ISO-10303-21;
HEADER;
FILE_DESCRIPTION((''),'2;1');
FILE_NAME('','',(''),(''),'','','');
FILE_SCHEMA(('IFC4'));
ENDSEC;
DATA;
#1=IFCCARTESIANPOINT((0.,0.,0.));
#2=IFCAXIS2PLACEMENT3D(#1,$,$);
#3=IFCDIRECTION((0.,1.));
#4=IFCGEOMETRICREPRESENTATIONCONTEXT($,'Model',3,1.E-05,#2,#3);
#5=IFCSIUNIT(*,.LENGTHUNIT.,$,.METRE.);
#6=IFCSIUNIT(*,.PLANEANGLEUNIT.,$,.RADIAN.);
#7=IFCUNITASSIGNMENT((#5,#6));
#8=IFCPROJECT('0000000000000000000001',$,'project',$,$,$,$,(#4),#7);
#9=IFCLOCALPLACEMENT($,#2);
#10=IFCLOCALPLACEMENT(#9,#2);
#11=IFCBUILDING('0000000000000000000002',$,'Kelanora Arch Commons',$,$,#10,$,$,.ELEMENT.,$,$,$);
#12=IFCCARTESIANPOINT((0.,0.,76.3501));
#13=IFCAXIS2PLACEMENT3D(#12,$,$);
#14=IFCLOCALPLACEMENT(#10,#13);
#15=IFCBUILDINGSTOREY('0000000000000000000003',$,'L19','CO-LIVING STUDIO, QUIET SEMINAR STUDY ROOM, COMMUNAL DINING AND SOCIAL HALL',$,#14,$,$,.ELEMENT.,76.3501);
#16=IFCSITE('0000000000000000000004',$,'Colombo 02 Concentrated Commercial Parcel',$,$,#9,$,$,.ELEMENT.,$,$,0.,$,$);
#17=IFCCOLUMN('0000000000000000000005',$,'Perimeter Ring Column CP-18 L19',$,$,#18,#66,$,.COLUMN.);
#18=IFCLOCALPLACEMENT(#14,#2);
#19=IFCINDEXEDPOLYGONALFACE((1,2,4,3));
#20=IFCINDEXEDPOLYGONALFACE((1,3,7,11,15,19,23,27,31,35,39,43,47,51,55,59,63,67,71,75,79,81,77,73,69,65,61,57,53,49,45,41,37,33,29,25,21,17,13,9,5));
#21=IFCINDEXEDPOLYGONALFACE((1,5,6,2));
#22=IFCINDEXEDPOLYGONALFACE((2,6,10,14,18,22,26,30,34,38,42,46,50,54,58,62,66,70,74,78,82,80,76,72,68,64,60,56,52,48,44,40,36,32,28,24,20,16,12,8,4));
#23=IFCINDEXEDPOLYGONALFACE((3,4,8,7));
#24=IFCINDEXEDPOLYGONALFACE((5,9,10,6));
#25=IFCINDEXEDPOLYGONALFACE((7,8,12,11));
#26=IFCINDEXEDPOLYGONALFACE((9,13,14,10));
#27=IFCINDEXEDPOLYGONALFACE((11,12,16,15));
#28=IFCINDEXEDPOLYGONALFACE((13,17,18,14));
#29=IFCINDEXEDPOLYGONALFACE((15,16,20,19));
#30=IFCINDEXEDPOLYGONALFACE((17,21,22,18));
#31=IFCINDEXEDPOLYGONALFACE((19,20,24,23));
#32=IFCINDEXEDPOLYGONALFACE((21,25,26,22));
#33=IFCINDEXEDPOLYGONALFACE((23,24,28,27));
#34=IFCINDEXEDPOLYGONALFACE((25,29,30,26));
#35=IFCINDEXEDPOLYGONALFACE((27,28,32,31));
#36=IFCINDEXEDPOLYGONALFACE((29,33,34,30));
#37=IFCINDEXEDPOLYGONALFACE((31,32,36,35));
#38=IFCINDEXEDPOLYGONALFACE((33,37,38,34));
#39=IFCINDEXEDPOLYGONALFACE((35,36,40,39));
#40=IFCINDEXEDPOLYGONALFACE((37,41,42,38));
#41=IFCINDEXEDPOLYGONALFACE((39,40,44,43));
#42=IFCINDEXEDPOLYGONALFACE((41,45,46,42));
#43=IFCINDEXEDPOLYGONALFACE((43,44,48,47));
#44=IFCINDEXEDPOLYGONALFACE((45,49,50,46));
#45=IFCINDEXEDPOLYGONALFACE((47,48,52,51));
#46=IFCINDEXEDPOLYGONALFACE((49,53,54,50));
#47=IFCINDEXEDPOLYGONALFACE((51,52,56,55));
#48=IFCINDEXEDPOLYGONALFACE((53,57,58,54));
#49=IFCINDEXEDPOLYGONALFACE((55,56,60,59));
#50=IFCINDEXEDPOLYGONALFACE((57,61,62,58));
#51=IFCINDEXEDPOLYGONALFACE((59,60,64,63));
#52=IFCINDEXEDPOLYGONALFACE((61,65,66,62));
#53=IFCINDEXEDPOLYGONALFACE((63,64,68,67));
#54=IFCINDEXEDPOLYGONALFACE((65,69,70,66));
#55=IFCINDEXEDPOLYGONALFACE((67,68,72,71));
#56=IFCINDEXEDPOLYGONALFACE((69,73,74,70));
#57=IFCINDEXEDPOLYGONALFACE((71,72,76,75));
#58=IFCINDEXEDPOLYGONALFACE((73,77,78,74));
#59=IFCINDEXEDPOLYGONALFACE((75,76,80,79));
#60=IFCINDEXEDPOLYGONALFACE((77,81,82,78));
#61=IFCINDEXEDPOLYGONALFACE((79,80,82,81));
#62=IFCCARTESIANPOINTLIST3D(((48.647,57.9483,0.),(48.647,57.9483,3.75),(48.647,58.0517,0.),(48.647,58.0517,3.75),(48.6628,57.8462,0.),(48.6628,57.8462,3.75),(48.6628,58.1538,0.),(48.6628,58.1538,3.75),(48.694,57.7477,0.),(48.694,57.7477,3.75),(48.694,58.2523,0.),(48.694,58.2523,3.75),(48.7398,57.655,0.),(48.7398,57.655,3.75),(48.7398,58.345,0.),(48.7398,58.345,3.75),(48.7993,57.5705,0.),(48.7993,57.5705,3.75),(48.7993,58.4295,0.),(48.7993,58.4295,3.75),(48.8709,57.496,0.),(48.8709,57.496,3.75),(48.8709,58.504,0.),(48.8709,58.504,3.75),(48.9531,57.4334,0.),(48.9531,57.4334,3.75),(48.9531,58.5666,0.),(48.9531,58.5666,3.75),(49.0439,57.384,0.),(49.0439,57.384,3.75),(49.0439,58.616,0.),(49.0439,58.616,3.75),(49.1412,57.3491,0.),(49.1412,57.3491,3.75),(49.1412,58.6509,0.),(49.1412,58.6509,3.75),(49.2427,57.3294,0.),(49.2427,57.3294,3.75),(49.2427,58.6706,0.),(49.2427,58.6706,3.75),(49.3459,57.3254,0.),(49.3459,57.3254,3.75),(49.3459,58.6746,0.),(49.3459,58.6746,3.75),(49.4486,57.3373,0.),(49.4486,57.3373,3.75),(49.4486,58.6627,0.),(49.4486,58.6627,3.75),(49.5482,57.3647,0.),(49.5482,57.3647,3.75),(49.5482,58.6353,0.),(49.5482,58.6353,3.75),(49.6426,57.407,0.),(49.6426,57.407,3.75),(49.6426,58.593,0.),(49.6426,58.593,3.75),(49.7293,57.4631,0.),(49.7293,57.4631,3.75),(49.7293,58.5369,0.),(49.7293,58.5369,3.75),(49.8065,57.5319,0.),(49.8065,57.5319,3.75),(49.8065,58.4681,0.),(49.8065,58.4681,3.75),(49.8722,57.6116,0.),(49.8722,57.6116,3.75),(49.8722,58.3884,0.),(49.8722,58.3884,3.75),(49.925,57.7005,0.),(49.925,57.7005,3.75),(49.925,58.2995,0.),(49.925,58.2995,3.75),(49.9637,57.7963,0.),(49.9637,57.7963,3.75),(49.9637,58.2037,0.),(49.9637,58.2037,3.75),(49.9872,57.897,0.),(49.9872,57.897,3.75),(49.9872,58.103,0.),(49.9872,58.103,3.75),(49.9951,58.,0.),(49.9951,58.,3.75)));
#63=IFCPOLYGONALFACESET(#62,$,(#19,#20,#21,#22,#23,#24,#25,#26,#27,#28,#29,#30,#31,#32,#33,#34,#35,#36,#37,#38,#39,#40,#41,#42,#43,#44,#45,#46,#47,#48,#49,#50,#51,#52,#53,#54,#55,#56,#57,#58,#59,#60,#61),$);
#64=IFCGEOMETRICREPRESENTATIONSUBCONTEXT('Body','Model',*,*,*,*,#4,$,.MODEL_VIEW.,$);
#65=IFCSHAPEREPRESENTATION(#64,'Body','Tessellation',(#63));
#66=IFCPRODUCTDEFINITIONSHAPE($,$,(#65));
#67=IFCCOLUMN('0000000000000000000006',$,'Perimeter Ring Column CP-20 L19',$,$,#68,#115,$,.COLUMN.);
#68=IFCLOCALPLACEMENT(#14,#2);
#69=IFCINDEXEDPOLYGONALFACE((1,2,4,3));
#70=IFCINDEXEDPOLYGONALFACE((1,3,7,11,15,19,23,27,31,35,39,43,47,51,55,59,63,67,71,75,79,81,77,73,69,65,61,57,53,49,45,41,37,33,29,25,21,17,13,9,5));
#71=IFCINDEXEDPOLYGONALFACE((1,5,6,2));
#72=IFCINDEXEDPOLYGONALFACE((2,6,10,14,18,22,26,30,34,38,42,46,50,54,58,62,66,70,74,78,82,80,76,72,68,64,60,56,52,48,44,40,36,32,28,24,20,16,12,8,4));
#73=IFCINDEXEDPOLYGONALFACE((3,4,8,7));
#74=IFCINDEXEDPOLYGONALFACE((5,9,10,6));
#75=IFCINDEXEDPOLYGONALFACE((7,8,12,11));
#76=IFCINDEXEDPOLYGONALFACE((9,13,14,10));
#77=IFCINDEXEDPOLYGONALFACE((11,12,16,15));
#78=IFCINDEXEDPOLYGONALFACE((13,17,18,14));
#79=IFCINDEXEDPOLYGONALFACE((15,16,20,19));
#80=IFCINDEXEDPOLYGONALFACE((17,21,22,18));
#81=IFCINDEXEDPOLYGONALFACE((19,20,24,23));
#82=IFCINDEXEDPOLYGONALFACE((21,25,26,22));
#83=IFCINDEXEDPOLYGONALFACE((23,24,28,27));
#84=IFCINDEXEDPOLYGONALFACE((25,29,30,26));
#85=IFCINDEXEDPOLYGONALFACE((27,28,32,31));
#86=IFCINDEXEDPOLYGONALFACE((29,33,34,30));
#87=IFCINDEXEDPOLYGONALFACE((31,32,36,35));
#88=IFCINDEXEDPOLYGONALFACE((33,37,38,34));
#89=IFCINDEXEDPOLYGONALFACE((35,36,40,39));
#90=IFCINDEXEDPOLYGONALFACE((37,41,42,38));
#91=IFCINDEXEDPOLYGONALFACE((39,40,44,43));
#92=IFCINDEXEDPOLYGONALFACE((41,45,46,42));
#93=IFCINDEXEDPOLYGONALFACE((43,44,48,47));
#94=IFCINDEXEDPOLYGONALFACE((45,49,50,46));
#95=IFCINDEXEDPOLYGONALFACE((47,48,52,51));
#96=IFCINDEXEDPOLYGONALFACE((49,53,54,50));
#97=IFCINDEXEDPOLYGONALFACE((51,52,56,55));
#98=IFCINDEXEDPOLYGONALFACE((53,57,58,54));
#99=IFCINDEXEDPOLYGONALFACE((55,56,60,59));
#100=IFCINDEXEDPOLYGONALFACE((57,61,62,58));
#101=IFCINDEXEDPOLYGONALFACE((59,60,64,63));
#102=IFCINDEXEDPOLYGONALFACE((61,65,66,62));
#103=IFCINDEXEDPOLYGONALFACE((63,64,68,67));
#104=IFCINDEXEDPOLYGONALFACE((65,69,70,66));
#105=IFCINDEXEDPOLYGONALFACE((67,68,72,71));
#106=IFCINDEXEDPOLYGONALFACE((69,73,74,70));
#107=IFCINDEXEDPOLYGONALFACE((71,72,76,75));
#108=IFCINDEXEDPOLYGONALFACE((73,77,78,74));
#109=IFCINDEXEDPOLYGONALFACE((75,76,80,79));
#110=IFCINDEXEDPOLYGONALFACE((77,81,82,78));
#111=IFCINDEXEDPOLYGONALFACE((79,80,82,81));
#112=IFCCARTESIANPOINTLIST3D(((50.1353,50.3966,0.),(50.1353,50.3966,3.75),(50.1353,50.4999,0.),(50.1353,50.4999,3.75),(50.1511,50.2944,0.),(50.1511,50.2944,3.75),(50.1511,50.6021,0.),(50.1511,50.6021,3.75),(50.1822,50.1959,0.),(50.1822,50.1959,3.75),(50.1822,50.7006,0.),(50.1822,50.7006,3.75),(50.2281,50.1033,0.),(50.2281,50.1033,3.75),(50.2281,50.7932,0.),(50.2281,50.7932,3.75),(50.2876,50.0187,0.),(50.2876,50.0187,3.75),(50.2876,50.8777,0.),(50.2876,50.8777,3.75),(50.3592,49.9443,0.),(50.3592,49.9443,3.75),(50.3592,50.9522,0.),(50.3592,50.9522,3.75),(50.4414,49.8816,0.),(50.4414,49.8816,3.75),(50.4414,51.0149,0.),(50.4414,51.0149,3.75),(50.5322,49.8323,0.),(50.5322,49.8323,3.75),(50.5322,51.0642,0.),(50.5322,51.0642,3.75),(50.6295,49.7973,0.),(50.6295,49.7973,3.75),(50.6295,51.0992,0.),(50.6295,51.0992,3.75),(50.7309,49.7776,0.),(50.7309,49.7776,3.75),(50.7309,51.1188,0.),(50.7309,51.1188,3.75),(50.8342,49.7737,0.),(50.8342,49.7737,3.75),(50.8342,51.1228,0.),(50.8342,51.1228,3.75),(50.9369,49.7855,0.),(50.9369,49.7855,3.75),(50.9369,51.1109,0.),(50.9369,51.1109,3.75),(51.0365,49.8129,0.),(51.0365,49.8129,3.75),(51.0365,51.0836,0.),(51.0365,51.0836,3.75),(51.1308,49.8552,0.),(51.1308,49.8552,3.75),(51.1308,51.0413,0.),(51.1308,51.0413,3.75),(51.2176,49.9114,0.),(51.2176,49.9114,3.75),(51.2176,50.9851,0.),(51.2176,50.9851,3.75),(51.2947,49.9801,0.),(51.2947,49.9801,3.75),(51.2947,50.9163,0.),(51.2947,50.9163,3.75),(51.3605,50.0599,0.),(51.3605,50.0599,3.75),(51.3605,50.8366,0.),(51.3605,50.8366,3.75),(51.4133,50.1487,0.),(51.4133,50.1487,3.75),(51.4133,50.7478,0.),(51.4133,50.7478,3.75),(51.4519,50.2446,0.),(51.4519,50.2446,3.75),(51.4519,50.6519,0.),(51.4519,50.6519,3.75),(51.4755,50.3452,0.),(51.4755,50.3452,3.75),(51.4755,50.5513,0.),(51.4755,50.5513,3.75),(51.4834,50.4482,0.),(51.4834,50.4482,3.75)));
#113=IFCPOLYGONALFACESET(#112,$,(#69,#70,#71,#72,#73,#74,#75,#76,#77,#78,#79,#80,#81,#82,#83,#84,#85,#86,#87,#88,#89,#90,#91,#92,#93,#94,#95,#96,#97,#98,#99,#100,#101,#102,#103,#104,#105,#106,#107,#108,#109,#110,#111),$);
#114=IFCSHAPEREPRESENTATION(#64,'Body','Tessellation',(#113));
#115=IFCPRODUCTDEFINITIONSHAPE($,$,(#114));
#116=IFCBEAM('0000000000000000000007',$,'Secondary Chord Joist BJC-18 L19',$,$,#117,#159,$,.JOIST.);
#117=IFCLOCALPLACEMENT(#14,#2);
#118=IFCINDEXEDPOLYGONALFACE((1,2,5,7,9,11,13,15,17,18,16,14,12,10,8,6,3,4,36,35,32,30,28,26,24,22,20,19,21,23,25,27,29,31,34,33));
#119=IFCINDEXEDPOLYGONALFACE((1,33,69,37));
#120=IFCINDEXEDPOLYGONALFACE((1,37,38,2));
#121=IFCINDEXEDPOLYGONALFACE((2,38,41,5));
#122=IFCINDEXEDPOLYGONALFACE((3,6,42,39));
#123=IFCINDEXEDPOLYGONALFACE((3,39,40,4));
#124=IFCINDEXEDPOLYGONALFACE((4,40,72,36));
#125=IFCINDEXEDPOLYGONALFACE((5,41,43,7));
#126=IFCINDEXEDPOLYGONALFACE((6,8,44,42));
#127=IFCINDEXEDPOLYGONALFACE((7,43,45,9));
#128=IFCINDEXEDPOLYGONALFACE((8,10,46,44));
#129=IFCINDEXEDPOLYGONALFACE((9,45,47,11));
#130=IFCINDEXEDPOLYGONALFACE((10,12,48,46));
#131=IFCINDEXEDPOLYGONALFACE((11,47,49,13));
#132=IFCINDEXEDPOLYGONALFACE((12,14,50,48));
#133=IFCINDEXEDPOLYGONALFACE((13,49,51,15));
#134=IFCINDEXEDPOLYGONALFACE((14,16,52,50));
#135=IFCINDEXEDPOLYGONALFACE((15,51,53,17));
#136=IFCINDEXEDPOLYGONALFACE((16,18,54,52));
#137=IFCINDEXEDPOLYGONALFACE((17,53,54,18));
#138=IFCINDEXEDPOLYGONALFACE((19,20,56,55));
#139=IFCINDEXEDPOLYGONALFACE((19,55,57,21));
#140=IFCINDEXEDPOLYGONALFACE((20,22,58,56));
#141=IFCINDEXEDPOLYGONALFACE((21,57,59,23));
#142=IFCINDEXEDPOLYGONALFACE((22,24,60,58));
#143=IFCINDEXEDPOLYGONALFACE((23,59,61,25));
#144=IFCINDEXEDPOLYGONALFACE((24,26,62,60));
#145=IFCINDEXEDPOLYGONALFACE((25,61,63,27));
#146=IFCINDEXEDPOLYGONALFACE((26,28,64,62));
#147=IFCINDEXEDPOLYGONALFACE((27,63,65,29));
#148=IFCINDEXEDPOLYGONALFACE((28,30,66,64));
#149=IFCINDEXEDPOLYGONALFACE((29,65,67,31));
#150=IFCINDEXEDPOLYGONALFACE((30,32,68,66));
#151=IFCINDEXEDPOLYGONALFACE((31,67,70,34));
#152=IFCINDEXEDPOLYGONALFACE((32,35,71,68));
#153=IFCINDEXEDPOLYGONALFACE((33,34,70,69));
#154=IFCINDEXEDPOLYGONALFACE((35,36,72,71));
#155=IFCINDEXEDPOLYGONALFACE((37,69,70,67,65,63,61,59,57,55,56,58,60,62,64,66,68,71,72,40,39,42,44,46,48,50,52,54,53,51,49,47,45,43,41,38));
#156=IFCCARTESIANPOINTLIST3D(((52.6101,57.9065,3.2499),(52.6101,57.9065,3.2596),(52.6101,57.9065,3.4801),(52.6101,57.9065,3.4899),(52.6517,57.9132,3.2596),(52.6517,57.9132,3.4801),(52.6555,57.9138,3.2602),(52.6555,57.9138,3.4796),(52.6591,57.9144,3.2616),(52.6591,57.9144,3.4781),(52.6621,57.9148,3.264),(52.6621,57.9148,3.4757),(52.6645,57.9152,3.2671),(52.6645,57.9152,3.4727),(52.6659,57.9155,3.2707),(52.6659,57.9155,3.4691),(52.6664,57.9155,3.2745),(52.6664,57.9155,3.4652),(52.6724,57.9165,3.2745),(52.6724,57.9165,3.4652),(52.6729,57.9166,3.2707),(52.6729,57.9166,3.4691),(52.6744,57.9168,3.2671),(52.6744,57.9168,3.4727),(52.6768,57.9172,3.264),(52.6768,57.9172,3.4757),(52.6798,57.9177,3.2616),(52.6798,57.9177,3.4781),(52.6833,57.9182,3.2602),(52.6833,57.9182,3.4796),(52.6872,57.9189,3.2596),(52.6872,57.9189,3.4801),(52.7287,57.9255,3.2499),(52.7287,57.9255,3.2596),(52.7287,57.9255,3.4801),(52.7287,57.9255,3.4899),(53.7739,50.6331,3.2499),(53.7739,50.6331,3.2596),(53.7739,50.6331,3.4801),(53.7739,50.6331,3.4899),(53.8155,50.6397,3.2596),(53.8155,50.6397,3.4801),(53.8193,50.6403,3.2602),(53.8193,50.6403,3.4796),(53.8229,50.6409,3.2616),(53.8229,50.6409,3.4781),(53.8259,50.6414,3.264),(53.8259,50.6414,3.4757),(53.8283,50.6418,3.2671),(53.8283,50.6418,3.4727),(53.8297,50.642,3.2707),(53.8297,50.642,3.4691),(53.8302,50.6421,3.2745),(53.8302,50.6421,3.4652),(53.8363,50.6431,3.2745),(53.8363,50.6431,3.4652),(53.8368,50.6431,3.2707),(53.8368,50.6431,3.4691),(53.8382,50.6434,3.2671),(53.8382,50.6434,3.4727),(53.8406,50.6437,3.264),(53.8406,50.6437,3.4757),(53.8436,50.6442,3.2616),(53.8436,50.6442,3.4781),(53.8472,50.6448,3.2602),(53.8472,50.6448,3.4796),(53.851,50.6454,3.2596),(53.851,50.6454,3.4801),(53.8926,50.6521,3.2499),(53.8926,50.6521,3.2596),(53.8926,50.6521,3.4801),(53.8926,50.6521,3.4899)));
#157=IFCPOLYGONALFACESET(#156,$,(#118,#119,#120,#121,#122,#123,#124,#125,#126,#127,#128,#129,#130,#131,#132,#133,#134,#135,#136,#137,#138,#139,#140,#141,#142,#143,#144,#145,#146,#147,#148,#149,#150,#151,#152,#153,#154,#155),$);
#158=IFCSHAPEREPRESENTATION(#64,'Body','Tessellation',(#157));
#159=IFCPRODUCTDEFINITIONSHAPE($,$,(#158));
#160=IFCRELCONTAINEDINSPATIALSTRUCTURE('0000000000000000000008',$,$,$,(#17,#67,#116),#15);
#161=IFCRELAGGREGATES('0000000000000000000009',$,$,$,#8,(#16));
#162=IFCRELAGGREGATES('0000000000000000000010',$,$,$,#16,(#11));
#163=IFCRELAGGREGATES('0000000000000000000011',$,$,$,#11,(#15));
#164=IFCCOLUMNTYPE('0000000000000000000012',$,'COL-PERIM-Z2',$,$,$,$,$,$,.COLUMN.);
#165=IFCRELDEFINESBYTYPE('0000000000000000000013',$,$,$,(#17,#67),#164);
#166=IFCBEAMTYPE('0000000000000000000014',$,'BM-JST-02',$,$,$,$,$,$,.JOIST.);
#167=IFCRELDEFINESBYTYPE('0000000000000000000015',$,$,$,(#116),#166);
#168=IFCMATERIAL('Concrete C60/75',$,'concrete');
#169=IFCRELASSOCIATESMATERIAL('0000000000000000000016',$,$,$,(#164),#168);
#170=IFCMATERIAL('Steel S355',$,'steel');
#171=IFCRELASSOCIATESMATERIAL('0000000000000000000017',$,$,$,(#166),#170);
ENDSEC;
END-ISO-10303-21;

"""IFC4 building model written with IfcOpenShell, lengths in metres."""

from ifc_helpers import new_model, si_unit, direction, frame, origin, origin_2d, place, context, subcontext, project, spatial, circle, i_section, extrude, material, material_profile, profile_set, type_object, element, save


model = new_model("IFC4")

# Units and contexts
model_context = context("Model", 3, precision=1e-05, world=origin(), true_north=direction((0.0, 1.0)))
body_context = subcontext(model_context, "Body", "Model", "MODEL_VIEW")
ifc_project = project(units=[si_unit("LENGTHUNIT", "METRE"), si_unit("PLANEANGLEUNIT", "RADIAN")], contexts=[model_context])

# Site, building, storey
site_placement = place(None, origin())
site = spatial("IfcSite", under=ifc_project, at=site_placement, Name="Colombo 02 Concentrated Commercial Parcel", CompositionType="ELEMENT", RefElevation=0.0)
building_placement = place(site_placement, origin())
building = spatial("IfcBuilding", under=site, at=building_placement, Name="Kelanora Arch Commons", CompositionType="ELEMENT")
storey_placement = place(building_placement, frame((0.0, 0.0, 76.3501)))
storey = spatial("IfcBuildingStorey", under=building, at=storey_placement, Name="L19", Description="CO-LIVING STUDIO, QUIET SEMINAR STUDY ROOM, COMMUNAL DINING AND SOCIAL HALL", CompositionType="ELEMENT", Elevation=76.3501)

# Columns
ifc_material_1 = material(Name="Concrete C60/75", Category="concrete")
ifc_material_profile_1 = material_profile(ifc_material_1, circle(Radius=0.675, at=origin_2d()), Name="RCC1350")
ifc_profile_set_1 = profile_set([ifc_material_profile_1], Name="Concrete C60/75")
column_type = type_object("IfcColumnType", Name="COL-PERIM-Z2", PredefinedType="COLUMN", material=ifc_profile_set_1)
for number, where, z_axis, x_axis, name in (
    (1, (49.3201, 58.0, 0.0), (0.0, 0.0, 1.0), (1.0, 0.0, 0.0), "Perimeter Ring Column CP-18 L19"),
    (2, (50.8083, 50.4482, 0.0), (0.0, 0.0, 1.0), (1.0, 0.0, 0.0), "Perimeter Ring Column CP-20 L19"),
):
    element("IfcColumn", number, at=place(storey_placement, frame(where, z_axis=z_axis, x_axis=x_axis)), inside=storey, type_object=column_type, Name=name, PredefinedType="COLUMN", context=body_context, shape_type="SweptSolid", body=[
        extrude(circle(Radius=0.675, at=origin_2d()), origin(), (0.0, 0.0, 1.0), 3.75),
    ])

# Beam
ifc_material_2 = material(Name="Steel S355", Category="steel")
ifc_material_profile_2 = material_profile(ifc_material_2, i_section(OverallWidth=0.1201, OverallDepth=0.24, WebThickness=0.0061, FlangeThickness=0.0098, FilletRadius=0.0149, at=origin_2d()), Name="IPE240")
ifc_profile_set_2 = profile_set([ifc_material_profile_2], Name="Steel S355")
beam_type_1 = type_object("IfcBeamType", Name="BM-JST-02", PredefinedType="JOIST", material=ifc_profile_set_2)
beam_1_placement = place(storey_placement, frame((52.6694, 57.916, 3.3699), z_axis=(0.158, -0.987439, 0.0), x_axis=(0.987439, 0.158, 0.0)))
element("IfcBeam", 3, at=beam_1_placement, inside=storey, type_object=beam_type_1, Name="Secondary Chord Joist BJC-18 L19", PredefinedType="JOIST", context=body_context, shape_type="SweptSolid", body=[
    extrude(i_section(OverallWidth=0.1201, OverallDepth=0.24, WebThickness=0.0061, FlangeThickness=0.0098, FilletRadius=0.0149, at=origin_2d()), origin(), (0.0, 0.0, 1.0), 7.366),
])

save(model, "model.ifc")
